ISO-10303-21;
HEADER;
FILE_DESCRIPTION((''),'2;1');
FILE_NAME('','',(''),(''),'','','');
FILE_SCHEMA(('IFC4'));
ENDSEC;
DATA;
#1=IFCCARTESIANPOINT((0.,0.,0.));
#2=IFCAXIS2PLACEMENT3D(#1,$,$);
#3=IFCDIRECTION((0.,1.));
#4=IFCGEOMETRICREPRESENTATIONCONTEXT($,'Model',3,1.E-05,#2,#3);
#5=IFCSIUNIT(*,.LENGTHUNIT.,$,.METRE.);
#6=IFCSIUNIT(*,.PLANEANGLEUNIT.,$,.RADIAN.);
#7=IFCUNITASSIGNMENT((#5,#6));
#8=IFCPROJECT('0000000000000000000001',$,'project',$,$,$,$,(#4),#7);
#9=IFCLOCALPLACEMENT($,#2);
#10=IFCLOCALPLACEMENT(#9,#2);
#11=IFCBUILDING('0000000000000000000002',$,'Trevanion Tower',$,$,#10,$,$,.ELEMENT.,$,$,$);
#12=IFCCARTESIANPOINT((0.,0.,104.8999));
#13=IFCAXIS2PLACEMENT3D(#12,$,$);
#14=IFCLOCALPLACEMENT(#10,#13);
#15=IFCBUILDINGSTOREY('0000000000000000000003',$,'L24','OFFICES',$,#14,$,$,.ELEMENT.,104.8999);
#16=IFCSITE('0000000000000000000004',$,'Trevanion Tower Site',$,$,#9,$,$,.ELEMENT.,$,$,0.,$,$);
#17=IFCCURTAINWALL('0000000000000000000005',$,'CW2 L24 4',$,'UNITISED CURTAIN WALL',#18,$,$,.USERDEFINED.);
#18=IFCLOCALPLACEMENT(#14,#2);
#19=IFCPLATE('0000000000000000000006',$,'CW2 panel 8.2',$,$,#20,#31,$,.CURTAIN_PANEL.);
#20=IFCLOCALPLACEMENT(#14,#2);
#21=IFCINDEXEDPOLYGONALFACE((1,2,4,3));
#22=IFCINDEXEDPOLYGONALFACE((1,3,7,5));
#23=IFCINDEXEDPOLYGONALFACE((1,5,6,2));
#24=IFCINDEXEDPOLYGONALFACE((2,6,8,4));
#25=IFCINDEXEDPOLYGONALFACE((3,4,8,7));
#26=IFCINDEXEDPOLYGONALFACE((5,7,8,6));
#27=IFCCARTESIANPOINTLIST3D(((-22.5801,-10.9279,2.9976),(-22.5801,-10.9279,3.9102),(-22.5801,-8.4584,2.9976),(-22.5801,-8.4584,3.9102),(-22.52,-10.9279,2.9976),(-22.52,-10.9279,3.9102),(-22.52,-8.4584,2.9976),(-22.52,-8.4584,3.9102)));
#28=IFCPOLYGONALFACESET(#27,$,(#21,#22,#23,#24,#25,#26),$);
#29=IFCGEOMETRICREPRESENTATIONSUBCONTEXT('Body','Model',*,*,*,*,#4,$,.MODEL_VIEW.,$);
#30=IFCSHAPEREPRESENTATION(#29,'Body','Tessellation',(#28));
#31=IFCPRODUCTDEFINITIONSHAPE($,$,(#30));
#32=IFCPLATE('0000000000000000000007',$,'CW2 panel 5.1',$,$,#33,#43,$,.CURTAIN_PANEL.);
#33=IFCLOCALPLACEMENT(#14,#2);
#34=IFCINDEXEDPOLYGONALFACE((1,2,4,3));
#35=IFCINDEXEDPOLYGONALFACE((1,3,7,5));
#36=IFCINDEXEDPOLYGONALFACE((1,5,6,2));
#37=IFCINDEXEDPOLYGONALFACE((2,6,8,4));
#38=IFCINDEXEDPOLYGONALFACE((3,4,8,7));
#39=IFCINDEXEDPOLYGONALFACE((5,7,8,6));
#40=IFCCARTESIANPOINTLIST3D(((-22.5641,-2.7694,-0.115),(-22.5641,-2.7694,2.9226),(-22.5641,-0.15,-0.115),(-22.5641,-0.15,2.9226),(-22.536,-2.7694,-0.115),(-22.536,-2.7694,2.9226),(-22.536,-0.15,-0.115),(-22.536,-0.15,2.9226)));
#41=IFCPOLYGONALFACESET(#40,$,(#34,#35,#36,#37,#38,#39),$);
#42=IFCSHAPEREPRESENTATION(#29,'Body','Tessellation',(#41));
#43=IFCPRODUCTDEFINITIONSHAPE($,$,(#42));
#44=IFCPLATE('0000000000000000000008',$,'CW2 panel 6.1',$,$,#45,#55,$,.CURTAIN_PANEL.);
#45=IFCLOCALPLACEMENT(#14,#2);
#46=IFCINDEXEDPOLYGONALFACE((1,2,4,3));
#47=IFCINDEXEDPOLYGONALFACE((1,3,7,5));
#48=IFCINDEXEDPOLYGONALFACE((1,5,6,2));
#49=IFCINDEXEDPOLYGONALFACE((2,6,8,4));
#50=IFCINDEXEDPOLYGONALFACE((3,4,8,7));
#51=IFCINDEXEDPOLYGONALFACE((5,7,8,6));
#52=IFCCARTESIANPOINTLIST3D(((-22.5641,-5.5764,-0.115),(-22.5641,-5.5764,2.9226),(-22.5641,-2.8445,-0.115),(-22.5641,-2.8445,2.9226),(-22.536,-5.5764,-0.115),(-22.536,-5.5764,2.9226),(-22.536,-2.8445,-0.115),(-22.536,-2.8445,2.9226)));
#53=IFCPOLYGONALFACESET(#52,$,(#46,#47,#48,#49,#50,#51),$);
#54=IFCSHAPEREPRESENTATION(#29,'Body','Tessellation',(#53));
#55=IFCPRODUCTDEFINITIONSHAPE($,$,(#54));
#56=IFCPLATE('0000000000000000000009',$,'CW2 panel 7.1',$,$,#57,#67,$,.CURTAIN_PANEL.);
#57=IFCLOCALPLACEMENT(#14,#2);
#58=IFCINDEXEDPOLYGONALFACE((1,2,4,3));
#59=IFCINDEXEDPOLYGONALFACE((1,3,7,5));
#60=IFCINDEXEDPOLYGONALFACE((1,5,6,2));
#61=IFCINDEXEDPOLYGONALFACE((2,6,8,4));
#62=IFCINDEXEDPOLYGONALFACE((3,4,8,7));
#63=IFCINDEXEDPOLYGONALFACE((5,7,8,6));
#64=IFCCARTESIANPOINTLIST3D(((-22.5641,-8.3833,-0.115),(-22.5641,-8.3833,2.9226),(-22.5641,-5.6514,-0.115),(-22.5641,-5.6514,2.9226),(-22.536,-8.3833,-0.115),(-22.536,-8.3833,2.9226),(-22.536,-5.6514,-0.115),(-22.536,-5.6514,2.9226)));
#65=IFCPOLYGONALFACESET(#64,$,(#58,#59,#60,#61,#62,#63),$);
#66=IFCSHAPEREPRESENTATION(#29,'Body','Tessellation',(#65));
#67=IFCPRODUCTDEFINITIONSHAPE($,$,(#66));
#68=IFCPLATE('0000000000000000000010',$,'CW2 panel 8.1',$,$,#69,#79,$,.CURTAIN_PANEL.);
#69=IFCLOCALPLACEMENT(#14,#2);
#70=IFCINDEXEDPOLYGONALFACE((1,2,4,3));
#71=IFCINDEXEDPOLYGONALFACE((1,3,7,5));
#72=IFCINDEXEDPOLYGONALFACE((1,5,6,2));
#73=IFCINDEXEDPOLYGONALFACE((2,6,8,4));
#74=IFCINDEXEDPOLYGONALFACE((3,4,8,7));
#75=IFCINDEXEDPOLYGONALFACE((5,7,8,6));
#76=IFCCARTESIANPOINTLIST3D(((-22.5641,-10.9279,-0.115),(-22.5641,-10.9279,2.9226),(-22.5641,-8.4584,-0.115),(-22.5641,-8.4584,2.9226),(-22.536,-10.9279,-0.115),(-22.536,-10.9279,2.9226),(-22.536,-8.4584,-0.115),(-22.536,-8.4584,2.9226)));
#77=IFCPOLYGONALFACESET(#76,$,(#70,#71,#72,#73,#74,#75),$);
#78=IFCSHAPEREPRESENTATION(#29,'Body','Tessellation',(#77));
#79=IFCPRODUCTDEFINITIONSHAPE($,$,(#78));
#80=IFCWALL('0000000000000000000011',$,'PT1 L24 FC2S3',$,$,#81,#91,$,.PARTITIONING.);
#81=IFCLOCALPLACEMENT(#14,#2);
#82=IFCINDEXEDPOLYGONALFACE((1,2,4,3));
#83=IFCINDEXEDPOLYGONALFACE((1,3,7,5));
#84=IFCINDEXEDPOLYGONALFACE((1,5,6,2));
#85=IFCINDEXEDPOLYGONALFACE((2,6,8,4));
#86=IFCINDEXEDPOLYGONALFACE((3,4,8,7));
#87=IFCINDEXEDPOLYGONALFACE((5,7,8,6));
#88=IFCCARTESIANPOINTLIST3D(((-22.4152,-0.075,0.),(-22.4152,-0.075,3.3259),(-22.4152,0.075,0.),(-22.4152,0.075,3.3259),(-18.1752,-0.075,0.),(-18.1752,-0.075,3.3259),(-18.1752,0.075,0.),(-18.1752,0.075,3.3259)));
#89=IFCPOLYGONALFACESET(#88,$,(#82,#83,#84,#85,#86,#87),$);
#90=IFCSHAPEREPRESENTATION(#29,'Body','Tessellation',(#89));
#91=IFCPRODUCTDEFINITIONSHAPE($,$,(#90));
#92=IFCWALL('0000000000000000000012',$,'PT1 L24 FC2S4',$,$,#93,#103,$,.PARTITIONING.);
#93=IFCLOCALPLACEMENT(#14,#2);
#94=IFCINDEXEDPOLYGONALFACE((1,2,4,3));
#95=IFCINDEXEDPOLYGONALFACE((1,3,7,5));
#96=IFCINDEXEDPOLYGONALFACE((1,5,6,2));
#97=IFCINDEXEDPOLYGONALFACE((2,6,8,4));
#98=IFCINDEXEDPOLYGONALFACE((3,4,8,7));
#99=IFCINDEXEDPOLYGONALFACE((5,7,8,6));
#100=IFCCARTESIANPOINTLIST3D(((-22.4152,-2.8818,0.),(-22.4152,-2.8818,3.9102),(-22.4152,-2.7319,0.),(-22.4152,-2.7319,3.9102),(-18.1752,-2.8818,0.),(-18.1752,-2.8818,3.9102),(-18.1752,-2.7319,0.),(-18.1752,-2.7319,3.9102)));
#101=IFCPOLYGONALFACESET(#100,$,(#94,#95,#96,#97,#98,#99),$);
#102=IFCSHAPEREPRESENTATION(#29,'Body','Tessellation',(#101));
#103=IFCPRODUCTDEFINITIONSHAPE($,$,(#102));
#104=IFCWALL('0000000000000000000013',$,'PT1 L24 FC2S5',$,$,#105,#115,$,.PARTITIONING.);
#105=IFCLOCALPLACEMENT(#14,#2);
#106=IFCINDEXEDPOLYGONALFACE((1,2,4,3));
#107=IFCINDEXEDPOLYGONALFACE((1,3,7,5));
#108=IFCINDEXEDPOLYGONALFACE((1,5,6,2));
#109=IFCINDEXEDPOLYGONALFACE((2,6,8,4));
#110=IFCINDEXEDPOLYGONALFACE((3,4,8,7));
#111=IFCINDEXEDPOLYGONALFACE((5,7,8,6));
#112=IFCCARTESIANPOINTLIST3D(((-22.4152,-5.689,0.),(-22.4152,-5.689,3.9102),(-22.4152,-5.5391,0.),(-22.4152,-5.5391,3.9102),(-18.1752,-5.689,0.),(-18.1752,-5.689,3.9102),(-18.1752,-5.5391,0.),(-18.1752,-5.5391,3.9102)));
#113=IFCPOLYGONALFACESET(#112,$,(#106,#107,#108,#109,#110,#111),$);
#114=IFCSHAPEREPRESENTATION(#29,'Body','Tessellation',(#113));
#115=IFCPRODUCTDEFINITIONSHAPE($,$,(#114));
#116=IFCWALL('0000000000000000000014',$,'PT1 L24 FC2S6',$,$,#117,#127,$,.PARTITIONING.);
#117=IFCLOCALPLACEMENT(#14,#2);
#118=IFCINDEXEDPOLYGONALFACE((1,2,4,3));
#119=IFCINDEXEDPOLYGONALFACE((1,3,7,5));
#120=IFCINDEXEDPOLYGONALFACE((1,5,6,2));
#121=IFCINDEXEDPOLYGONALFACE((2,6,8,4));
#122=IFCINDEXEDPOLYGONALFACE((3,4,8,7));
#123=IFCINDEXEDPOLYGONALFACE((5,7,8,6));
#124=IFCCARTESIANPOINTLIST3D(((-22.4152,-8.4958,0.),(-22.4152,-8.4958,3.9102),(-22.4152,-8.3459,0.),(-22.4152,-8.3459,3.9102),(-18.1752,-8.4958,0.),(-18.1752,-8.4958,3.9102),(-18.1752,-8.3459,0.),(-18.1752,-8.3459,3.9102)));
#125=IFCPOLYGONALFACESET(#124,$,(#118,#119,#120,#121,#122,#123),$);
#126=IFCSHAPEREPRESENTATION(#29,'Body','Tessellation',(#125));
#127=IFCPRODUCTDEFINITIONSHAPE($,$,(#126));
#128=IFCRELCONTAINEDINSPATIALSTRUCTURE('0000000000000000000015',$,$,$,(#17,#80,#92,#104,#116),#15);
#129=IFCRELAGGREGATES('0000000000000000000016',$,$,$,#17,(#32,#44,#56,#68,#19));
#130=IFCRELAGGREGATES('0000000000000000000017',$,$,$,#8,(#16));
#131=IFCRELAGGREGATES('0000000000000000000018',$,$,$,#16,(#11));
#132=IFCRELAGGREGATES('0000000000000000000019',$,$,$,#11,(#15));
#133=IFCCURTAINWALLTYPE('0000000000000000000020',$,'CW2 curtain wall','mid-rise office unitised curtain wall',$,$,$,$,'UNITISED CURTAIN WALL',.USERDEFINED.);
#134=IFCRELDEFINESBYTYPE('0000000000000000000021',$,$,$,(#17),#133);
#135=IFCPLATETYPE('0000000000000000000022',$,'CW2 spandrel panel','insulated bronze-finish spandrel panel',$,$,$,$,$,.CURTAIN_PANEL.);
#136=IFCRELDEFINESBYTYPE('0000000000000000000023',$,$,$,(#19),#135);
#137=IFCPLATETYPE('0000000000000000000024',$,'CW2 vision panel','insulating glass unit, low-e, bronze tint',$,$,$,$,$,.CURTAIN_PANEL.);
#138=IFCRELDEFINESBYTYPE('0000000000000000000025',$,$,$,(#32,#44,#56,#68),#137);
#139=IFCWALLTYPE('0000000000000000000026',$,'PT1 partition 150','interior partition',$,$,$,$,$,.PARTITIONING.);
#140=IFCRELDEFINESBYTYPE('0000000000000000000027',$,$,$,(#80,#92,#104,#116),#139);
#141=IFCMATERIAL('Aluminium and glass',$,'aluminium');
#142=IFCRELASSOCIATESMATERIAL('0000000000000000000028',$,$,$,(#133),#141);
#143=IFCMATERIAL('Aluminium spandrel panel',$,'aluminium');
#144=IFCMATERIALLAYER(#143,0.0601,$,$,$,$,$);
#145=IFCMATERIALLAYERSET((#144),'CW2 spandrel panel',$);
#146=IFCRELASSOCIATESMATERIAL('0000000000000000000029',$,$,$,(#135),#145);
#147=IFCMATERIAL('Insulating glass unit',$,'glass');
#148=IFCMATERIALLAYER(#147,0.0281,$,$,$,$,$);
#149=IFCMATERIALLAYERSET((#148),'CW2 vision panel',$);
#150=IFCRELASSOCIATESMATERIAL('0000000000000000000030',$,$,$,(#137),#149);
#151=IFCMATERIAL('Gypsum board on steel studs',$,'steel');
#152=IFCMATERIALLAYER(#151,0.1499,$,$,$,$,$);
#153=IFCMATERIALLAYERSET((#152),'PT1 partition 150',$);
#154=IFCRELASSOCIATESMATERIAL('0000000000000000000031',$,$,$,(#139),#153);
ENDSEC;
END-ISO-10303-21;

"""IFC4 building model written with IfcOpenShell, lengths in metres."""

from ifc_helpers import new_model, si_unit, direction, frame, frame_2d, origin, origin_2d, place, context, subcontext, project, spatial, rectangle, extrude, material, layer, layer_set, type_object, element, aggregate, save


model = new_model("IFC4")

# Units and contexts
model_context = context("Model", 3, precision=1e-05, world=origin(), true_north=direction((0.0, 1.0)))
body_context = subcontext(model_context, "Body", "Model", "MODEL_VIEW")
ifc_project = project(units=[si_unit("LENGTHUNIT", "METRE"), si_unit("PLANEANGLEUNIT", "RADIAN")], contexts=[model_context])

# Site, building, storey
site_placement = place(None, origin())
site = spatial("IfcSite", under=ifc_project, at=site_placement, Name="Trevanion Tower Site", CompositionType="ELEMENT", RefElevation=0.0)
building_placement = place(site_placement, origin())
building = spatial("IfcBuilding", under=site, at=building_placement, Name="Trevanion Tower", CompositionType="ELEMENT")
storey_placement = place(building_placement, frame((0.0, 0.0, 104.8999)))
storey = spatial("IfcBuildingStorey", under=building, at=storey_placement, Name="L24", Description="OFFICES", CompositionType="ELEMENT", Elevation=104.8999)

# Curtain wall
ifc_material_1 = material(Name="Aluminium and glass", Category="aluminium")
curtain_wall_type = type_object("IfcCurtainWallType", Name="CW2 curtain wall", Description="mid-rise office unitised curtain wall", ElementType="UNITISED CURTAIN WALL", PredefinedType="USERDEFINED", material=ifc_material_1)
curtain_wall_placement = place(storey_placement, origin())
curtain_wall = element("IfcCurtainWall", 1, at=curtain_wall_placement, inside=storey, type_object=curtain_wall_type, Name="CW2 L24 4", ObjectType="UNITISED CURTAIN WALL", PredefinedType="USERDEFINED")

# Plates
ifc_material_2 = material(Name="Aluminium spandrel panel", Category="aluminium")
ifc_layer_1 = layer(ifc_material_2, 0.0601)
ifc_layer_set_1 = layer_set([ifc_layer_1], Name="CW2 spandrel panel")
plate_type_1 = type_object("IfcPlateType", Name="CW2 spandrel panel", Description="insulated bronze-finish spandrel panel", PredefinedType="CURTAIN_PANEL", material=ifc_layer_set_1)
plate_1_placement = place(storey_placement, frame((-22.55, -9.6931, 2.9976), z_axis=(0.0, 0.0, 1.0), x_axis=(0.0, -1.0, 0.0)))
plate_1 = element("IfcPlate", 2, at=plate_1_placement, type_object=plate_type_1, Name="CW2 panel 8.2", PredefinedType="CURTAIN_PANEL", context=body_context, shape_type="SweptSolid", body=[
    extrude(rectangle(XDim=2.4695, YDim=0.0601, at=origin_2d()), origin(), (0.0, 0.0, 1.0), 0.9126),
])
ifc_material_3 = material(Name="Insulating glass unit", Category="glass")
ifc_layer_2 = layer(ifc_material_3, 0.0281)
ifc_layer_set_2 = layer_set([ifc_layer_2], Name="CW2 vision panel")
plate_type_2 = type_object("IfcPlateType", Name="CW2 vision panel", Description="insulating glass unit, low-e, bronze tint", PredefinedType="CURTAIN_PANEL", material=ifc_layer_set_2)
plate_2_placement = place(storey_placement, frame((-22.55, -1.4597, -0.115), z_axis=(0.0, 0.0, 1.0), x_axis=(0.0, -1.0, 0.0)))
plate_2 = element("IfcPlate", 3, at=plate_2_placement, type_object=plate_type_2, Name="CW2 panel 5.1", PredefinedType="CURTAIN_PANEL", context=body_context, shape_type="SweptSolid", body=[
    extrude(rectangle(XDim=2.6194, YDim=0.0281, at=origin_2d()), origin(), (0.0, 0.0, 1.0), 3.0376),
])
plate_3_placement = place(storey_placement, frame((-22.55, -4.2104, -0.115), z_axis=(0.0, 0.0, 1.0), x_axis=(0.0, -1.0, 0.0)))
plate_3 = element("IfcPlate", 4, at=plate_3_placement, type_object=plate_type_2, Name="CW2 panel 6.1", PredefinedType="CURTAIN_PANEL", context=body_context, shape_type="SweptSolid", body=[
    extrude(rectangle(XDim=2.7319, YDim=0.0281, at=origin_2d()), origin(), (0.0, 0.0, 1.0), 3.0376),
])
plate_4_placement = place(storey_placement, frame((-22.55, -7.0173, -0.115), z_axis=(0.0, 0.0, 1.0), x_axis=(0.0, -1.0, 0.0)))
plate_4 = element("IfcPlate", 5, at=plate_4_placement, type_object=plate_type_2, Name="CW2 panel 7.1", PredefinedType="CURTAIN_PANEL", context=body_context, shape_type="SweptSolid", body=[
    extrude(rectangle(XDim=2.7319, YDim=0.0281, at=origin_2d()), origin(), (0.0, 0.0, 1.0), 3.0376),
])
plate_5_placement = place(storey_placement, frame((-22.55, -9.6931, -0.115), z_axis=(0.0, 0.0, 1.0), x_axis=(0.0, -1.0, 0.0)))
plate_5 = element("IfcPlate", 6, at=plate_5_placement, type_object=plate_type_2, Name="CW2 panel 8.1", PredefinedType="CURTAIN_PANEL", context=body_context, shape_type="SweptSolid", body=[
    extrude(rectangle(XDim=2.4695, YDim=0.0281, at=origin_2d()), origin(), (0.0, 0.0, 1.0), 3.0376),
])
aggregate(curtain_wall, [plate_2, plate_3, plate_4, plate_5, plate_1])

# Walls
ifc_material_4 = material(Name="Gypsum board on steel studs", Category="steel")
ifc_layer_3 = layer(ifc_material_4, 0.1499)
ifc_layer_set_3 = layer_set([ifc_layer_3], Name="PT1 partition 150")
wall_type = type_object("IfcWallType", Name="PT1 partition 150", Description="interior partition", PredefinedType="PARTITIONING", material=ifc_layer_set_3)
wall_placement = place(storey_placement, frame((-18.175, 0.0, 0.0), z_axis=(0.0, 0.0, 1.0), x_axis=(-1.0, 0.0, 0.0)))
element("IfcWall", 7, at=wall_placement, inside=storey, type_object=wall_type, Name="PT1 L24 FC2S3", PredefinedType="PARTITIONING", context=body_context, shape_type="SweptSolid", body=[
    extrude(rectangle(XDim=4.24, YDim=0.1499, at=frame_2d((2.1201, 0.0))), origin(), (0.0, 0.0, 1.0), 3.3259),
])
for number, where, z_axis, x_axis, name in (
    (8, (-18.175, -2.8069, 0.0), (0.0, 0.0, 1.0), (-1.0, 0.0, 0.0), "PT1 L24 FC2S4"),
    (9, (-18.175, -5.614, 0.0), (0.0, 0.0, 1.0), (-1.0, 0.0, 0.0), "PT1 L24 FC2S5"),
    (10, (-18.175, -8.4209, 0.0), (0.0, 0.0, 1.0), (-1.0, 0.0, 0.0), "PT1 L24 FC2S6"),
):
    element("IfcWall", number, at=place(storey_placement, frame(where, z_axis=z_axis, x_axis=x_axis)), inside=storey, type_object=wall_type, Name=name, PredefinedType="PARTITIONING", context=body_context, shape_type="SweptSolid", body=[
        extrude(rectangle(XDim=4.24, YDim=0.1499, at=frame_2d((2.1201, 0.0))), origin(), (0.0, 0.0, 1.0), 3.9102),
    ])

save(model, "model.ifc")
